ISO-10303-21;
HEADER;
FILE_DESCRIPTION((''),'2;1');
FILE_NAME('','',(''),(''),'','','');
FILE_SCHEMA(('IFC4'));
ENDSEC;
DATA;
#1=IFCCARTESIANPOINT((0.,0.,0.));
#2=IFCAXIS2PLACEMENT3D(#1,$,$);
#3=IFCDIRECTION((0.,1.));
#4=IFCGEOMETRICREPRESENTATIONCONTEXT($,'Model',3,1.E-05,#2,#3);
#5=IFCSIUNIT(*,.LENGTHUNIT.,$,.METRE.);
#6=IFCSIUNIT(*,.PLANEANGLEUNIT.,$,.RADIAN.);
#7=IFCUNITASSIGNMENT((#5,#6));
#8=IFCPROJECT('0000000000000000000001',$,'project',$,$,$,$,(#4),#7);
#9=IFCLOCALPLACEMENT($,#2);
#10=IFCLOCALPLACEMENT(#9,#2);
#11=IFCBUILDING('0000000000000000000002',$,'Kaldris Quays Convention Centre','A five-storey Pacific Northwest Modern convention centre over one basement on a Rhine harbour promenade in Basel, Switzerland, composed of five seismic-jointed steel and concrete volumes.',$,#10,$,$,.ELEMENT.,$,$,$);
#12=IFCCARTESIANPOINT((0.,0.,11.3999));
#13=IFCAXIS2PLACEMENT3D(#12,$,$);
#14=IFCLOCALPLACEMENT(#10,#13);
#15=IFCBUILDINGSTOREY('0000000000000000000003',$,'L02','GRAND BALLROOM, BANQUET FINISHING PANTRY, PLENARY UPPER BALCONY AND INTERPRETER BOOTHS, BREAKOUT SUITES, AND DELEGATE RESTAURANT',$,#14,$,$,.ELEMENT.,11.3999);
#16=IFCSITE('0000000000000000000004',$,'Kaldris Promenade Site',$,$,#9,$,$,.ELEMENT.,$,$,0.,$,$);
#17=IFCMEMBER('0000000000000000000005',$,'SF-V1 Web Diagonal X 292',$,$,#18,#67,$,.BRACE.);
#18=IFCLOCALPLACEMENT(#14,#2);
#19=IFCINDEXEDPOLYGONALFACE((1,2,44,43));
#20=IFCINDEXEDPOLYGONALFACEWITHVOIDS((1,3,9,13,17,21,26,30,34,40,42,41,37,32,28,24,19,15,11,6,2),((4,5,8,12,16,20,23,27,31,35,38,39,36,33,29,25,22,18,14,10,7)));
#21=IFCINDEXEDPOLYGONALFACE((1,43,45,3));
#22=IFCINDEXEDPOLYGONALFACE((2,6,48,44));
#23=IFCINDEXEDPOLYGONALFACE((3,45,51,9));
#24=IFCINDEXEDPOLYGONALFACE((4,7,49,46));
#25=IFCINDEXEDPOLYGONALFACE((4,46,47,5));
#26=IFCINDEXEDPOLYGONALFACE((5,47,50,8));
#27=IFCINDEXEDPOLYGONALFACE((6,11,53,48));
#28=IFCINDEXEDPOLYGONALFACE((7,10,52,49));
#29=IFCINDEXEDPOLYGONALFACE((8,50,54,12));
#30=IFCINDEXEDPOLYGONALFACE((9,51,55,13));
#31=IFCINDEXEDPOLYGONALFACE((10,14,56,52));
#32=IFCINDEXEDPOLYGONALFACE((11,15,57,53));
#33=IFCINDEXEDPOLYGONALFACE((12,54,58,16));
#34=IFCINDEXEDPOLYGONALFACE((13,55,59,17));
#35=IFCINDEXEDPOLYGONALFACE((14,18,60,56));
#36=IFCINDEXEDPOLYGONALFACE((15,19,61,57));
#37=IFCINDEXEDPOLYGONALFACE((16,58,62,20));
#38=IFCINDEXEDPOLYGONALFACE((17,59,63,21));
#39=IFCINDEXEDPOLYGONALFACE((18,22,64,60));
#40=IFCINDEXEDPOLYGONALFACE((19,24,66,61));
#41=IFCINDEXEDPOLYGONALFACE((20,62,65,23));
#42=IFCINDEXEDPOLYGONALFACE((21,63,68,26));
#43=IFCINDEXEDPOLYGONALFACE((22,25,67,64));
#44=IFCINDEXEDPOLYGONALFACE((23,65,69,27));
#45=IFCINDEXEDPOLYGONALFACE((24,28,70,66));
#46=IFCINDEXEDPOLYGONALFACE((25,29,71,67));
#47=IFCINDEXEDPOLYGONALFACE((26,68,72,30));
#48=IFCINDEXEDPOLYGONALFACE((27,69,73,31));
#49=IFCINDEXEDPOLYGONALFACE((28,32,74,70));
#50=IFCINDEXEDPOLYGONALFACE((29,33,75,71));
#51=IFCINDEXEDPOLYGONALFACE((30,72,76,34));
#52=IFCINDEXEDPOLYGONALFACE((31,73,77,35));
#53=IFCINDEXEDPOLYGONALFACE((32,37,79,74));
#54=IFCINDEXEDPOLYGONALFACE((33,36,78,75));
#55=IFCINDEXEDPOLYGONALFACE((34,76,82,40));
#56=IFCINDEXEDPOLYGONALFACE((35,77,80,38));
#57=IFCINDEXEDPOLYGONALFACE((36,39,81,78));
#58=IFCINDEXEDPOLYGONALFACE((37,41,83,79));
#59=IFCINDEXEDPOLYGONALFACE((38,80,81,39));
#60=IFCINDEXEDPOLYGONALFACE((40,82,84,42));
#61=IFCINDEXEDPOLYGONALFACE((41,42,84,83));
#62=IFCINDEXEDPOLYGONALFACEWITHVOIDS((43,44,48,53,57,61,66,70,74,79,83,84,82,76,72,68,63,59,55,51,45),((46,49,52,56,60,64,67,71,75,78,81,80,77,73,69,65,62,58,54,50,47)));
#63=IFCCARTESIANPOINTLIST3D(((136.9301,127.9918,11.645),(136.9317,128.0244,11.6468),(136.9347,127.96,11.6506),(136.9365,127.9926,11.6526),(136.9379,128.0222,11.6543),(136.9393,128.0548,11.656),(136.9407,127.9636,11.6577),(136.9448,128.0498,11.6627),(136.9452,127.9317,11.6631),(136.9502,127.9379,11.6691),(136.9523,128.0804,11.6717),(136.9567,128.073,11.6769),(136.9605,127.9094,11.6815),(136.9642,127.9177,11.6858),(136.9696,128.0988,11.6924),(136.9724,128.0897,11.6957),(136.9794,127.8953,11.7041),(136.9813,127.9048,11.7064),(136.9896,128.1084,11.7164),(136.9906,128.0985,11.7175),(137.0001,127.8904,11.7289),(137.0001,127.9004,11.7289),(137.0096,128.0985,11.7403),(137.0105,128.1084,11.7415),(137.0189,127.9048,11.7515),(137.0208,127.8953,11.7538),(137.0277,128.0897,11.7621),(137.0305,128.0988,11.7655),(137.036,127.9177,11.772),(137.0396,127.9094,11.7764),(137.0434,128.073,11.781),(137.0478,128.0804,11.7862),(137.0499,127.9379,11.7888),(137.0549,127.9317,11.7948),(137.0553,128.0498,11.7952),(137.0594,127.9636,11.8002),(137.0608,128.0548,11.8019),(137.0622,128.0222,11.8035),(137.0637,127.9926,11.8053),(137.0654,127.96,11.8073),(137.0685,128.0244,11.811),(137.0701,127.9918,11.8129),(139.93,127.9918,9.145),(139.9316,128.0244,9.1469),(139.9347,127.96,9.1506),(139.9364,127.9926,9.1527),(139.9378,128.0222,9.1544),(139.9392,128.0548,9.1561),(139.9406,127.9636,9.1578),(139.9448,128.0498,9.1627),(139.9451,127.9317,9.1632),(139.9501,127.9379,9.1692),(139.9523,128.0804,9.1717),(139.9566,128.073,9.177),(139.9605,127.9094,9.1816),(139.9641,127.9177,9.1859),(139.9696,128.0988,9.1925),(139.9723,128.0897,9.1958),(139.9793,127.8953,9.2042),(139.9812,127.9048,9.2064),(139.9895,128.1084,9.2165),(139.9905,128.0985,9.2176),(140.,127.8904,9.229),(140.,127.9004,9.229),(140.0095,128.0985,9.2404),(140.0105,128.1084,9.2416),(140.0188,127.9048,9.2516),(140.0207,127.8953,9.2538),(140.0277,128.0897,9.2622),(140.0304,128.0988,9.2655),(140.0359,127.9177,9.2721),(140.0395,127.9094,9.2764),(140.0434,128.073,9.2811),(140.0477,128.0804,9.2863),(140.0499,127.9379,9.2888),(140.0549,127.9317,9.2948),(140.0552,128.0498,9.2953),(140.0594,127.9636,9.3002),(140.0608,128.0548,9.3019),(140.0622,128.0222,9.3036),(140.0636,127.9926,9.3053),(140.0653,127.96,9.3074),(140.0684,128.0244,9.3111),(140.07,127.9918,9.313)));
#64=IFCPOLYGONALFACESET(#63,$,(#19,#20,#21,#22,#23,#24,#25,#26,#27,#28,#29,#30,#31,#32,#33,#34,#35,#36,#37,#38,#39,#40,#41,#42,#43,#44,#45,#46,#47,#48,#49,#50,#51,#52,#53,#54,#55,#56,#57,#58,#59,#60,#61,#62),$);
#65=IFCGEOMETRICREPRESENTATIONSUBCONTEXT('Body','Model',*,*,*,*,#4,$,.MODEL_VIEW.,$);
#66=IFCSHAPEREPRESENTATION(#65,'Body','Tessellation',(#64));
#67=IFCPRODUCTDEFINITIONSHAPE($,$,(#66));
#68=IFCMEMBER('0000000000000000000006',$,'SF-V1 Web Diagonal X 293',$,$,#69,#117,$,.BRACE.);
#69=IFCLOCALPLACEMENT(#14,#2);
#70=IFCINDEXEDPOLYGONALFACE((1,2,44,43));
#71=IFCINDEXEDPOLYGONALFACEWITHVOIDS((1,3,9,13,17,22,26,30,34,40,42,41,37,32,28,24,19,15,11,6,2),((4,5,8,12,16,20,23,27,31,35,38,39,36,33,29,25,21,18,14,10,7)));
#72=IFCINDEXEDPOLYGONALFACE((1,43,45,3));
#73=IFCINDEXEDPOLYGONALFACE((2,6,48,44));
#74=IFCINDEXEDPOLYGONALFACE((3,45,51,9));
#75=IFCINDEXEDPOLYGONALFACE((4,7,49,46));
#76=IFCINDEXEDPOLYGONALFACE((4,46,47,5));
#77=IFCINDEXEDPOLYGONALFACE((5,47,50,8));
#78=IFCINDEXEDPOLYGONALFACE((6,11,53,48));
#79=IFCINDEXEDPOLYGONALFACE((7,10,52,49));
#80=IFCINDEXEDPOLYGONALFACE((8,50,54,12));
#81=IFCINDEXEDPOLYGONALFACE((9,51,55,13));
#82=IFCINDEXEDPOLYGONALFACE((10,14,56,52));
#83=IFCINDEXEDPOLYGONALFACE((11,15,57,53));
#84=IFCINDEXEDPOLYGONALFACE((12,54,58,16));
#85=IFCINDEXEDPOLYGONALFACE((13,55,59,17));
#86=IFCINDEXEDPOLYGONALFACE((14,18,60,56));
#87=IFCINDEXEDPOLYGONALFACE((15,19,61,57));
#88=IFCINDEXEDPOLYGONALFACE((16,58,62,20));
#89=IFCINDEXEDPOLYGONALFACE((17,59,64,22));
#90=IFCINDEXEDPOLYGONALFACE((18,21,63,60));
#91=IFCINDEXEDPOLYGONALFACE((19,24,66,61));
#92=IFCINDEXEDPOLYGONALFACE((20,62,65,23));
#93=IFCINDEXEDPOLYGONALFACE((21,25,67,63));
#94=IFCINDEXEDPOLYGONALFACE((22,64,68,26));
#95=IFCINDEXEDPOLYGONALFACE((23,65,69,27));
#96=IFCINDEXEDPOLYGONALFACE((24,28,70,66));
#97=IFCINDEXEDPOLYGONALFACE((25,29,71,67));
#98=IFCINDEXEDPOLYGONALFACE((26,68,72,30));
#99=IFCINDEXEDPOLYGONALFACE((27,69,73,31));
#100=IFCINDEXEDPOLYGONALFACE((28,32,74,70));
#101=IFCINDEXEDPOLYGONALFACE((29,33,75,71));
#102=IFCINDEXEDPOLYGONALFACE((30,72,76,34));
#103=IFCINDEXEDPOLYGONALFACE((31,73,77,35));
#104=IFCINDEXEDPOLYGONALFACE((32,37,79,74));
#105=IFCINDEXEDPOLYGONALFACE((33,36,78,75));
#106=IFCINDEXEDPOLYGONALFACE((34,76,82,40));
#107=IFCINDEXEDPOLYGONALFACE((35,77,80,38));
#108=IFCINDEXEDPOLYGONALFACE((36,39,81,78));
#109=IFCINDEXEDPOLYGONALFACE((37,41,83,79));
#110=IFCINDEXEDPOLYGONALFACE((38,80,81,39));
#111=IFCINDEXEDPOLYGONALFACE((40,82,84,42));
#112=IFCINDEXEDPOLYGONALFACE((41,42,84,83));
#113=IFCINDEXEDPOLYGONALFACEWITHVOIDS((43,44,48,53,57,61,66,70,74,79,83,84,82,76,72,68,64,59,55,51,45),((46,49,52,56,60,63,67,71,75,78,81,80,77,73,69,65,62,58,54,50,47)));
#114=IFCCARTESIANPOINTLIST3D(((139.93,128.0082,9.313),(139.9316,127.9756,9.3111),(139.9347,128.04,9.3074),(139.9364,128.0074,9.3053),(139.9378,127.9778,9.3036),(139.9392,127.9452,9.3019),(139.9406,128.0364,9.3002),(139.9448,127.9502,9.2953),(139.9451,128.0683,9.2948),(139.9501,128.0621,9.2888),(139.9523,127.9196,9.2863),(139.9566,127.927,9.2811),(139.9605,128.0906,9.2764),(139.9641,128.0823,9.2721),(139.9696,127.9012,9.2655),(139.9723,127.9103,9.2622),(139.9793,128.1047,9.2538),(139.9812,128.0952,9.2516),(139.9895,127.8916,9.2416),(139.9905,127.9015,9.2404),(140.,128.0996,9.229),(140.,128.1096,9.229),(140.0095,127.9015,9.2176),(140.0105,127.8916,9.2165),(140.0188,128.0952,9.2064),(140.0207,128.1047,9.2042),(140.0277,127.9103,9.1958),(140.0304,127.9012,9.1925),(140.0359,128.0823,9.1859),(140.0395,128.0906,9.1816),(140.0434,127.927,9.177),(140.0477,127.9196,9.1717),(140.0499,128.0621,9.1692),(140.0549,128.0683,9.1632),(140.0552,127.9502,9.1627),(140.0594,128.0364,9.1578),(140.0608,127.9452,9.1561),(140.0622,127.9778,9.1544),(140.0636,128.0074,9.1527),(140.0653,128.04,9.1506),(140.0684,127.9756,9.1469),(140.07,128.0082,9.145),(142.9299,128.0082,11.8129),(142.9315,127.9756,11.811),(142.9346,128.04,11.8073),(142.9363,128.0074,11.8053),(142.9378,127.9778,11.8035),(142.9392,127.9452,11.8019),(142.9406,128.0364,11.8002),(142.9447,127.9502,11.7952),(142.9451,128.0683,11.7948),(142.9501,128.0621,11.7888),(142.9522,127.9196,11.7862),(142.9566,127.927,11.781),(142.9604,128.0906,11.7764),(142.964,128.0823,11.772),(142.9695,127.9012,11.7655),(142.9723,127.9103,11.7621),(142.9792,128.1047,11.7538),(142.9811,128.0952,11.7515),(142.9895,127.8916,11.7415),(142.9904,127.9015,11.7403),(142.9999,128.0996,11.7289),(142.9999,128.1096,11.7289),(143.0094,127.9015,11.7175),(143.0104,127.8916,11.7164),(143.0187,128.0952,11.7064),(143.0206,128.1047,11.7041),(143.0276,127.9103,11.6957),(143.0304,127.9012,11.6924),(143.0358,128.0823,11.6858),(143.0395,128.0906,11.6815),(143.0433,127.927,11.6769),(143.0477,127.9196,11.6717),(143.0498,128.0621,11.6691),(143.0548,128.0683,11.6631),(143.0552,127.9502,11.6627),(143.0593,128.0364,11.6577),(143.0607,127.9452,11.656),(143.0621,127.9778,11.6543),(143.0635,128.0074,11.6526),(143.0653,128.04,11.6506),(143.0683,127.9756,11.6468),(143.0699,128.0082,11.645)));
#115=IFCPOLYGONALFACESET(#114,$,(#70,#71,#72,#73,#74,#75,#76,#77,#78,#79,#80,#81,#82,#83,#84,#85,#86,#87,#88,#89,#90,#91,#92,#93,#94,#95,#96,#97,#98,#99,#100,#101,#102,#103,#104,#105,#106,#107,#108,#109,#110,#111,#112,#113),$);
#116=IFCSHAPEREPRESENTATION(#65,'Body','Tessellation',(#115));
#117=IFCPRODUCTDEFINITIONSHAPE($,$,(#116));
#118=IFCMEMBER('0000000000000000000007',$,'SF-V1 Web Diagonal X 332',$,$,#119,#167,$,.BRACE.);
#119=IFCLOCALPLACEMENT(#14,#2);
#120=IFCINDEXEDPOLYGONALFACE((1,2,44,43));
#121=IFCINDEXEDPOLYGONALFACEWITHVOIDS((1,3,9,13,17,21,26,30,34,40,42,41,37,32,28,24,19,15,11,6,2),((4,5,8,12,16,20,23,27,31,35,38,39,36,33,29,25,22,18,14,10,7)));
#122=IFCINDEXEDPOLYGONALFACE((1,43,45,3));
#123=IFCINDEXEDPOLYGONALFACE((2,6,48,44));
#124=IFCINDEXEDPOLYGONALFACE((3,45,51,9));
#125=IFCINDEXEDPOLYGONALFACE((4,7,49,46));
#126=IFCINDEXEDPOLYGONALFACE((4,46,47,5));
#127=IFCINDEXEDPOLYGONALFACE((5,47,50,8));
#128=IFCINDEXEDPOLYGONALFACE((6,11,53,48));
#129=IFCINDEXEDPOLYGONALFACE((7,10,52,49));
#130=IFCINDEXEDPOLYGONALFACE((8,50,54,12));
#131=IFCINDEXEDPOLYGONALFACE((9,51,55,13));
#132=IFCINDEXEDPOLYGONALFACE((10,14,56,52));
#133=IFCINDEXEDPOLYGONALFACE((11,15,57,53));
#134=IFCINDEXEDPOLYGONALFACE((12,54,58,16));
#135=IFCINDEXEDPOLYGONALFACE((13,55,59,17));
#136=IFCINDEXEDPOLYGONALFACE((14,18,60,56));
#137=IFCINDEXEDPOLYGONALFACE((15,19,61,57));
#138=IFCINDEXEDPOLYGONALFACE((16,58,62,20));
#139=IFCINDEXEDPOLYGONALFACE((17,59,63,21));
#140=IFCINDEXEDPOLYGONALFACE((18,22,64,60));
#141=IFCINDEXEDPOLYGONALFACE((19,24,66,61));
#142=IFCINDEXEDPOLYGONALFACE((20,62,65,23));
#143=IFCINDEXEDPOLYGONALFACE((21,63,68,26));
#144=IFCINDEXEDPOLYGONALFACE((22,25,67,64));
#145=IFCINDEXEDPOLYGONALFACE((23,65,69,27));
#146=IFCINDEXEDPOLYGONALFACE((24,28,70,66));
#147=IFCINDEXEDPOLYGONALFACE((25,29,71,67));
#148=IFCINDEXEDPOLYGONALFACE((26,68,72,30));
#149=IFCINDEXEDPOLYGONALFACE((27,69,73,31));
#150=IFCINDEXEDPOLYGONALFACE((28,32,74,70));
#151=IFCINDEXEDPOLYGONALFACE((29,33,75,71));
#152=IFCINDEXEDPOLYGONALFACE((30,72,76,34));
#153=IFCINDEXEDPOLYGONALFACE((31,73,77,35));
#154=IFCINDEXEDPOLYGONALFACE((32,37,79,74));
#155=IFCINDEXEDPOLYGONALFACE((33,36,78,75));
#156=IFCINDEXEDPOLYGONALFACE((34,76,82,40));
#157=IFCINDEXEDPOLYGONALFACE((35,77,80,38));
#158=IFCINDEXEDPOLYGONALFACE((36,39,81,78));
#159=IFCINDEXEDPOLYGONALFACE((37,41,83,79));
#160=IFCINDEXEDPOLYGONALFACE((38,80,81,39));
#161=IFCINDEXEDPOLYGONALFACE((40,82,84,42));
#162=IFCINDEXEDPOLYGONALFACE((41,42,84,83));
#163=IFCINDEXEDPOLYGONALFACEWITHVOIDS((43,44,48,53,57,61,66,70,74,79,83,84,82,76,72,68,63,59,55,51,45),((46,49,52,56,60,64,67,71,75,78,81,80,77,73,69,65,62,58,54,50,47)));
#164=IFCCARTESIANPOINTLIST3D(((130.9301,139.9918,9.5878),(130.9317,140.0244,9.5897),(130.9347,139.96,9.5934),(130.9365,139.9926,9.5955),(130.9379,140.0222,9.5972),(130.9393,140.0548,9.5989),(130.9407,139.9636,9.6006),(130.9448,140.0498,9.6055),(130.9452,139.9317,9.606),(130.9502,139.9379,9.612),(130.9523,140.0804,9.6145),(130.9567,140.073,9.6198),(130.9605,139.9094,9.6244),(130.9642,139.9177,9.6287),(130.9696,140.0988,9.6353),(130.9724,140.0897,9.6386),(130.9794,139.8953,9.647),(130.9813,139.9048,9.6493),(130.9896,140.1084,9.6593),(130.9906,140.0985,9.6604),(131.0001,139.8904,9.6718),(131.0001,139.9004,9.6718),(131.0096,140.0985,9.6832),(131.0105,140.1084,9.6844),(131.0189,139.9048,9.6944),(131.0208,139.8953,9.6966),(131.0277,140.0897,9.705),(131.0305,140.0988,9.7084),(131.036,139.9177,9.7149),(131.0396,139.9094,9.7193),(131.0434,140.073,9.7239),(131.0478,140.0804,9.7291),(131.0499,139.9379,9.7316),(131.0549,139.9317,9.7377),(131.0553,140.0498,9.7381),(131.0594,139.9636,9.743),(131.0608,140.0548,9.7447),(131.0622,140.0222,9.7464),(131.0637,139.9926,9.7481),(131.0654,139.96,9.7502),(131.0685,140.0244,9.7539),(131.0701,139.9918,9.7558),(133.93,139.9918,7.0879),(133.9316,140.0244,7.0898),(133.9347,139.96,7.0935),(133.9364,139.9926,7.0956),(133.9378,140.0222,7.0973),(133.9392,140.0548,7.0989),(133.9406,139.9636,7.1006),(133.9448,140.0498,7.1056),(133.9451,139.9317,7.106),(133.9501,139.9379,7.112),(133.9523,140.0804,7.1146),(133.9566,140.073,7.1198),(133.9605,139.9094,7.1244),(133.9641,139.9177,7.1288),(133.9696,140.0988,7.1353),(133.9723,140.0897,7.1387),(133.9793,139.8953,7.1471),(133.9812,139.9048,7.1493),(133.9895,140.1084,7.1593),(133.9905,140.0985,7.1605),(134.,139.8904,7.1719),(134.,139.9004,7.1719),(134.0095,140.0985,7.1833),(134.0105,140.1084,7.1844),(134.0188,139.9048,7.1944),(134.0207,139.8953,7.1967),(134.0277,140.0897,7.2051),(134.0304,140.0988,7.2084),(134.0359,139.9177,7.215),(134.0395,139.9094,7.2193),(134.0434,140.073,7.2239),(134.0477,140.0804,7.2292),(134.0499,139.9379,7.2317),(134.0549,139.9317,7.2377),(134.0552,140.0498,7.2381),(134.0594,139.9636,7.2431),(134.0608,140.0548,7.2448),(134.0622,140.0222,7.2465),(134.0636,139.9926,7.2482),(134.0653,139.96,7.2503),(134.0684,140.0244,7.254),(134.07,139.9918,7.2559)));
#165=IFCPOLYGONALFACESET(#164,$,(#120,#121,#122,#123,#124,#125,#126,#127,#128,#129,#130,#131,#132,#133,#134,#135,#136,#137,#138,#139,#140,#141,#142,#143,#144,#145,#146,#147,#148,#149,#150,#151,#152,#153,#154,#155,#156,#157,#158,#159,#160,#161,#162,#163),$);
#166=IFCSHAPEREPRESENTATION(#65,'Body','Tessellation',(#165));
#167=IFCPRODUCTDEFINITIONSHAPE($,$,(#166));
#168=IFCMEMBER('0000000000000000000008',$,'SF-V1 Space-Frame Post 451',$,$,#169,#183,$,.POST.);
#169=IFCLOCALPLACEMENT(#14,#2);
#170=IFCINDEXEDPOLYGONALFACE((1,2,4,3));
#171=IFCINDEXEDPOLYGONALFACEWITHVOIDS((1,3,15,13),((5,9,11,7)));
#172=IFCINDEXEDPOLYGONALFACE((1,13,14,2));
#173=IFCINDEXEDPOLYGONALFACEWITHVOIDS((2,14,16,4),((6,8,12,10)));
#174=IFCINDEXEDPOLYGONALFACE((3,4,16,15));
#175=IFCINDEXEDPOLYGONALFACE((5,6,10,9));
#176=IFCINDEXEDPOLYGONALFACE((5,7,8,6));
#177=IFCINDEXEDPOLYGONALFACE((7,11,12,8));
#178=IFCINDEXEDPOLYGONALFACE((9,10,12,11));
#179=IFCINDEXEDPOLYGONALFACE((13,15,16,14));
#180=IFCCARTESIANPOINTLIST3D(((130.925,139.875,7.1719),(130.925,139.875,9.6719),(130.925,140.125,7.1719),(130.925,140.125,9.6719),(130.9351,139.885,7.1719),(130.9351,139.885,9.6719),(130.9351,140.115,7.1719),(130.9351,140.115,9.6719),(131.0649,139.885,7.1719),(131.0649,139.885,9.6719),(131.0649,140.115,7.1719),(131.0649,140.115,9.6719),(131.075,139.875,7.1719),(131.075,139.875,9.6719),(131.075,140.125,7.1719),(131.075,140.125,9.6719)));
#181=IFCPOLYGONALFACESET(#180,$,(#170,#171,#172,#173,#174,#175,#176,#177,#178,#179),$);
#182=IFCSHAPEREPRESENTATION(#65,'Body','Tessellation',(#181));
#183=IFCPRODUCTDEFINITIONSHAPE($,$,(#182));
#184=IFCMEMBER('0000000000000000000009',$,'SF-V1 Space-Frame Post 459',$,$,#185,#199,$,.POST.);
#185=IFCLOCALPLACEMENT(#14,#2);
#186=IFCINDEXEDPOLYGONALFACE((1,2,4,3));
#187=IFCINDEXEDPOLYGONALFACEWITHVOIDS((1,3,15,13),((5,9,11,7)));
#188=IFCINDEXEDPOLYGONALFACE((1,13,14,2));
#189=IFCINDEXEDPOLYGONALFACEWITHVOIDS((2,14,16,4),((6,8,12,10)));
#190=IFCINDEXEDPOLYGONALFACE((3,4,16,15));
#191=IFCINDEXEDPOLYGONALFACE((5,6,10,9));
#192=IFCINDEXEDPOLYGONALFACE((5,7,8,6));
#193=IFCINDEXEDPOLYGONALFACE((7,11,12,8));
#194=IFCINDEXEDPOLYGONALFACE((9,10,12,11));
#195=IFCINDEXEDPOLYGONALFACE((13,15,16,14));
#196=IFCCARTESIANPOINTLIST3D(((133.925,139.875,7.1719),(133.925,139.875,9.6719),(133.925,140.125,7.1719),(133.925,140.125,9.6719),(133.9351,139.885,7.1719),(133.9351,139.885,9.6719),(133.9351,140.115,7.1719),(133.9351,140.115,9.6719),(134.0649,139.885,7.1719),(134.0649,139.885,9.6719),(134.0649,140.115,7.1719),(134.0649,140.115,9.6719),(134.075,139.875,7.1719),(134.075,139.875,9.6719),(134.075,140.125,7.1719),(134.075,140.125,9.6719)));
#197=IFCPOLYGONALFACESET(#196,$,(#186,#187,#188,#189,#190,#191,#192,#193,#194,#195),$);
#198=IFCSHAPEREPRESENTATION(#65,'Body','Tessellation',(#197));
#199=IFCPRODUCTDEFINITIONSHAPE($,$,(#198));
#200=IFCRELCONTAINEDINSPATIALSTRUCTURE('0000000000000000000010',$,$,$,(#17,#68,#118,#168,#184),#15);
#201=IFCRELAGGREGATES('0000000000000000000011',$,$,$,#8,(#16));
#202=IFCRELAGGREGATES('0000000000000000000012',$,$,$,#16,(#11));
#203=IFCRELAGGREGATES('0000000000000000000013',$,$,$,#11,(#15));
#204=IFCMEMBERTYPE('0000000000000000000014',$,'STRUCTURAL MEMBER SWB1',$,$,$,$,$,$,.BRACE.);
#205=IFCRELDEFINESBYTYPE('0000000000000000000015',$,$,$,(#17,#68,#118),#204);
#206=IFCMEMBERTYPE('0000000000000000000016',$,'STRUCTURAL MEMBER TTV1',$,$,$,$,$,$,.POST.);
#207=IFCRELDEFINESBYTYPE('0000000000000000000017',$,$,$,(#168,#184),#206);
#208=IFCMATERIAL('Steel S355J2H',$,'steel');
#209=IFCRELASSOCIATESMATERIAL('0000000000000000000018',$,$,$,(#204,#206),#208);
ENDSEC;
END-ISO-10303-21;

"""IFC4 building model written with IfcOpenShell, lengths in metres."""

from ifc_helpers import new_model, si_unit, direction, frame, origin, origin_2d, place, context, subcontext, project, spatial, hollow_rectangle, hollow_circle, extrude, material, material_profile, profile_set, type_object, element, save


model = new_model("IFC4")

# Units and contexts
model_context = context("Model", 3, precision=1e-05, world=origin(), true_north=direction((0.0, 1.0)))
body_context = subcontext(model_context, "Body", "Model", "MODEL_VIEW")
ifc_project = project(units=[si_unit("LENGTHUNIT", "METRE"), si_unit("PLANEANGLEUNIT", "RADIAN")], contexts=[model_context])

# Site, building, storey
site_placement = place(None, origin())
site = spatial("IfcSite", under=ifc_project, at=site_placement, Name="Kaldris Promenade Site", CompositionType="ELEMENT", RefElevation=0.0)
building_placement = place(site_placement, origin())
building = spatial("IfcBuilding", under=site, at=building_placement, Name="Kaldris Quays Convention Centre", Description="A five-storey Pacific Northwest Modern convention centre over one basement on a Rhine harbour promenade in Basel, Switzerland, composed of five seismic-jointed steel and concrete volumes.", CompositionType="ELEMENT")
storey_placement = place(building_placement, frame((0.0, 0.0, 11.3999)))
storey = spatial("IfcBuildingStorey", under=building, at=storey_placement, Name="L02", Description="GRAND BALLROOM, BANQUET FINISHING PANTRY, PLENARY UPPER BALCONY AND INTERPRETER BOOTHS, BREAKOUT SUITES, AND DELEGATE RESTAURANT", CompositionType="ELEMENT", Elevation=11.3999)

# Members
ifc_material_1 = material(Name="Steel S355J2H", Category="steel")
ifc_material_profile_1 = material_profile(ifc_material_1, hollow_circle(Radius=0.1096, WallThickness=0.01, at=origin_2d()), Name="CHS 219.1x10")
ifc_profile_set_1 = profile_set([ifc_material_profile_1], Name="Steel S355J2H")
member_type_1 = type_object("IfcMemberType", Name="STRUCTURAL MEMBER SWB1", PredefinedType="BRACE", material=ifc_profile_set_1)
for number, where, z_axis, x_axis, name in (
    (1, (140.0, 128.0, 9.229), (-0.768221, 0.0, 0.640184), (0.0, -1.0, 0.0), "SF-V1 Web Diagonal X 292"),
    (2, (140.0, 128.0, 9.229), (0.768221, 0.0, 0.640184), (0.0, 1.0, 0.0), "SF-V1 Web Diagonal X 293"),
    (3, (134.0, 140.0, 7.1719), (-0.768221, 0.0, 0.640184), (0.0, -1.0, 0.0), "SF-V1 Web Diagonal X 332"),
):
    element("IfcMember", number, at=place(storey_placement, frame(where, z_axis=z_axis, x_axis=x_axis)), inside=storey, type_object=member_type_1, Name=name, PredefinedType="BRACE", context=body_context, shape_type="SweptSolid", body=[
        extrude(hollow_circle(Radius=0.1096, WallThickness=0.01, at=origin_2d()), origin(), (0.0, 0.0, 1.0), 3.905),
    ])
ifc_material_profile_2 = material_profile(ifc_material_1, hollow_rectangle(XDim=0.1499, YDim=0.25, WallThickness=0.01, at=origin_2d()), Name="RHS 250x150x10")
ifc_profile_set_2 = profile_set([ifc_material_profile_2], Name="Steel S355J2H")
member_type_2 = type_object("IfcMemberType", Name="STRUCTURAL MEMBER TTV1", PredefinedType="POST", material=ifc_profile_set_2)
for number, where, z_axis, x_axis, name in (
    (4, (131.0, 140.0, 7.1719), (0.0, 0.0, 1.0), (1.0, 0.0, 0.0), "SF-V1 Space-Frame Post 451"),
    (5, (134.0, 140.0, 7.1719), (0.0, 0.0, 1.0), (1.0, 0.0, 0.0), "SF-V1 Space-Frame Post 459"),
):
    element("IfcMember", number, at=place(storey_placement, frame(where, z_axis=z_axis, x_axis=x_axis)), inside=storey, type_object=member_type_2, Name=name, PredefinedType="POST", context=body_context, shape_type="SweptSolid", body=[
        extrude(hollow_rectangle(XDim=0.1499, YDim=0.25, WallThickness=0.01, at=origin_2d()), origin(), (0.0, 0.0, 1.0), 2.5),
    ])

save(model, "model.ifc")
